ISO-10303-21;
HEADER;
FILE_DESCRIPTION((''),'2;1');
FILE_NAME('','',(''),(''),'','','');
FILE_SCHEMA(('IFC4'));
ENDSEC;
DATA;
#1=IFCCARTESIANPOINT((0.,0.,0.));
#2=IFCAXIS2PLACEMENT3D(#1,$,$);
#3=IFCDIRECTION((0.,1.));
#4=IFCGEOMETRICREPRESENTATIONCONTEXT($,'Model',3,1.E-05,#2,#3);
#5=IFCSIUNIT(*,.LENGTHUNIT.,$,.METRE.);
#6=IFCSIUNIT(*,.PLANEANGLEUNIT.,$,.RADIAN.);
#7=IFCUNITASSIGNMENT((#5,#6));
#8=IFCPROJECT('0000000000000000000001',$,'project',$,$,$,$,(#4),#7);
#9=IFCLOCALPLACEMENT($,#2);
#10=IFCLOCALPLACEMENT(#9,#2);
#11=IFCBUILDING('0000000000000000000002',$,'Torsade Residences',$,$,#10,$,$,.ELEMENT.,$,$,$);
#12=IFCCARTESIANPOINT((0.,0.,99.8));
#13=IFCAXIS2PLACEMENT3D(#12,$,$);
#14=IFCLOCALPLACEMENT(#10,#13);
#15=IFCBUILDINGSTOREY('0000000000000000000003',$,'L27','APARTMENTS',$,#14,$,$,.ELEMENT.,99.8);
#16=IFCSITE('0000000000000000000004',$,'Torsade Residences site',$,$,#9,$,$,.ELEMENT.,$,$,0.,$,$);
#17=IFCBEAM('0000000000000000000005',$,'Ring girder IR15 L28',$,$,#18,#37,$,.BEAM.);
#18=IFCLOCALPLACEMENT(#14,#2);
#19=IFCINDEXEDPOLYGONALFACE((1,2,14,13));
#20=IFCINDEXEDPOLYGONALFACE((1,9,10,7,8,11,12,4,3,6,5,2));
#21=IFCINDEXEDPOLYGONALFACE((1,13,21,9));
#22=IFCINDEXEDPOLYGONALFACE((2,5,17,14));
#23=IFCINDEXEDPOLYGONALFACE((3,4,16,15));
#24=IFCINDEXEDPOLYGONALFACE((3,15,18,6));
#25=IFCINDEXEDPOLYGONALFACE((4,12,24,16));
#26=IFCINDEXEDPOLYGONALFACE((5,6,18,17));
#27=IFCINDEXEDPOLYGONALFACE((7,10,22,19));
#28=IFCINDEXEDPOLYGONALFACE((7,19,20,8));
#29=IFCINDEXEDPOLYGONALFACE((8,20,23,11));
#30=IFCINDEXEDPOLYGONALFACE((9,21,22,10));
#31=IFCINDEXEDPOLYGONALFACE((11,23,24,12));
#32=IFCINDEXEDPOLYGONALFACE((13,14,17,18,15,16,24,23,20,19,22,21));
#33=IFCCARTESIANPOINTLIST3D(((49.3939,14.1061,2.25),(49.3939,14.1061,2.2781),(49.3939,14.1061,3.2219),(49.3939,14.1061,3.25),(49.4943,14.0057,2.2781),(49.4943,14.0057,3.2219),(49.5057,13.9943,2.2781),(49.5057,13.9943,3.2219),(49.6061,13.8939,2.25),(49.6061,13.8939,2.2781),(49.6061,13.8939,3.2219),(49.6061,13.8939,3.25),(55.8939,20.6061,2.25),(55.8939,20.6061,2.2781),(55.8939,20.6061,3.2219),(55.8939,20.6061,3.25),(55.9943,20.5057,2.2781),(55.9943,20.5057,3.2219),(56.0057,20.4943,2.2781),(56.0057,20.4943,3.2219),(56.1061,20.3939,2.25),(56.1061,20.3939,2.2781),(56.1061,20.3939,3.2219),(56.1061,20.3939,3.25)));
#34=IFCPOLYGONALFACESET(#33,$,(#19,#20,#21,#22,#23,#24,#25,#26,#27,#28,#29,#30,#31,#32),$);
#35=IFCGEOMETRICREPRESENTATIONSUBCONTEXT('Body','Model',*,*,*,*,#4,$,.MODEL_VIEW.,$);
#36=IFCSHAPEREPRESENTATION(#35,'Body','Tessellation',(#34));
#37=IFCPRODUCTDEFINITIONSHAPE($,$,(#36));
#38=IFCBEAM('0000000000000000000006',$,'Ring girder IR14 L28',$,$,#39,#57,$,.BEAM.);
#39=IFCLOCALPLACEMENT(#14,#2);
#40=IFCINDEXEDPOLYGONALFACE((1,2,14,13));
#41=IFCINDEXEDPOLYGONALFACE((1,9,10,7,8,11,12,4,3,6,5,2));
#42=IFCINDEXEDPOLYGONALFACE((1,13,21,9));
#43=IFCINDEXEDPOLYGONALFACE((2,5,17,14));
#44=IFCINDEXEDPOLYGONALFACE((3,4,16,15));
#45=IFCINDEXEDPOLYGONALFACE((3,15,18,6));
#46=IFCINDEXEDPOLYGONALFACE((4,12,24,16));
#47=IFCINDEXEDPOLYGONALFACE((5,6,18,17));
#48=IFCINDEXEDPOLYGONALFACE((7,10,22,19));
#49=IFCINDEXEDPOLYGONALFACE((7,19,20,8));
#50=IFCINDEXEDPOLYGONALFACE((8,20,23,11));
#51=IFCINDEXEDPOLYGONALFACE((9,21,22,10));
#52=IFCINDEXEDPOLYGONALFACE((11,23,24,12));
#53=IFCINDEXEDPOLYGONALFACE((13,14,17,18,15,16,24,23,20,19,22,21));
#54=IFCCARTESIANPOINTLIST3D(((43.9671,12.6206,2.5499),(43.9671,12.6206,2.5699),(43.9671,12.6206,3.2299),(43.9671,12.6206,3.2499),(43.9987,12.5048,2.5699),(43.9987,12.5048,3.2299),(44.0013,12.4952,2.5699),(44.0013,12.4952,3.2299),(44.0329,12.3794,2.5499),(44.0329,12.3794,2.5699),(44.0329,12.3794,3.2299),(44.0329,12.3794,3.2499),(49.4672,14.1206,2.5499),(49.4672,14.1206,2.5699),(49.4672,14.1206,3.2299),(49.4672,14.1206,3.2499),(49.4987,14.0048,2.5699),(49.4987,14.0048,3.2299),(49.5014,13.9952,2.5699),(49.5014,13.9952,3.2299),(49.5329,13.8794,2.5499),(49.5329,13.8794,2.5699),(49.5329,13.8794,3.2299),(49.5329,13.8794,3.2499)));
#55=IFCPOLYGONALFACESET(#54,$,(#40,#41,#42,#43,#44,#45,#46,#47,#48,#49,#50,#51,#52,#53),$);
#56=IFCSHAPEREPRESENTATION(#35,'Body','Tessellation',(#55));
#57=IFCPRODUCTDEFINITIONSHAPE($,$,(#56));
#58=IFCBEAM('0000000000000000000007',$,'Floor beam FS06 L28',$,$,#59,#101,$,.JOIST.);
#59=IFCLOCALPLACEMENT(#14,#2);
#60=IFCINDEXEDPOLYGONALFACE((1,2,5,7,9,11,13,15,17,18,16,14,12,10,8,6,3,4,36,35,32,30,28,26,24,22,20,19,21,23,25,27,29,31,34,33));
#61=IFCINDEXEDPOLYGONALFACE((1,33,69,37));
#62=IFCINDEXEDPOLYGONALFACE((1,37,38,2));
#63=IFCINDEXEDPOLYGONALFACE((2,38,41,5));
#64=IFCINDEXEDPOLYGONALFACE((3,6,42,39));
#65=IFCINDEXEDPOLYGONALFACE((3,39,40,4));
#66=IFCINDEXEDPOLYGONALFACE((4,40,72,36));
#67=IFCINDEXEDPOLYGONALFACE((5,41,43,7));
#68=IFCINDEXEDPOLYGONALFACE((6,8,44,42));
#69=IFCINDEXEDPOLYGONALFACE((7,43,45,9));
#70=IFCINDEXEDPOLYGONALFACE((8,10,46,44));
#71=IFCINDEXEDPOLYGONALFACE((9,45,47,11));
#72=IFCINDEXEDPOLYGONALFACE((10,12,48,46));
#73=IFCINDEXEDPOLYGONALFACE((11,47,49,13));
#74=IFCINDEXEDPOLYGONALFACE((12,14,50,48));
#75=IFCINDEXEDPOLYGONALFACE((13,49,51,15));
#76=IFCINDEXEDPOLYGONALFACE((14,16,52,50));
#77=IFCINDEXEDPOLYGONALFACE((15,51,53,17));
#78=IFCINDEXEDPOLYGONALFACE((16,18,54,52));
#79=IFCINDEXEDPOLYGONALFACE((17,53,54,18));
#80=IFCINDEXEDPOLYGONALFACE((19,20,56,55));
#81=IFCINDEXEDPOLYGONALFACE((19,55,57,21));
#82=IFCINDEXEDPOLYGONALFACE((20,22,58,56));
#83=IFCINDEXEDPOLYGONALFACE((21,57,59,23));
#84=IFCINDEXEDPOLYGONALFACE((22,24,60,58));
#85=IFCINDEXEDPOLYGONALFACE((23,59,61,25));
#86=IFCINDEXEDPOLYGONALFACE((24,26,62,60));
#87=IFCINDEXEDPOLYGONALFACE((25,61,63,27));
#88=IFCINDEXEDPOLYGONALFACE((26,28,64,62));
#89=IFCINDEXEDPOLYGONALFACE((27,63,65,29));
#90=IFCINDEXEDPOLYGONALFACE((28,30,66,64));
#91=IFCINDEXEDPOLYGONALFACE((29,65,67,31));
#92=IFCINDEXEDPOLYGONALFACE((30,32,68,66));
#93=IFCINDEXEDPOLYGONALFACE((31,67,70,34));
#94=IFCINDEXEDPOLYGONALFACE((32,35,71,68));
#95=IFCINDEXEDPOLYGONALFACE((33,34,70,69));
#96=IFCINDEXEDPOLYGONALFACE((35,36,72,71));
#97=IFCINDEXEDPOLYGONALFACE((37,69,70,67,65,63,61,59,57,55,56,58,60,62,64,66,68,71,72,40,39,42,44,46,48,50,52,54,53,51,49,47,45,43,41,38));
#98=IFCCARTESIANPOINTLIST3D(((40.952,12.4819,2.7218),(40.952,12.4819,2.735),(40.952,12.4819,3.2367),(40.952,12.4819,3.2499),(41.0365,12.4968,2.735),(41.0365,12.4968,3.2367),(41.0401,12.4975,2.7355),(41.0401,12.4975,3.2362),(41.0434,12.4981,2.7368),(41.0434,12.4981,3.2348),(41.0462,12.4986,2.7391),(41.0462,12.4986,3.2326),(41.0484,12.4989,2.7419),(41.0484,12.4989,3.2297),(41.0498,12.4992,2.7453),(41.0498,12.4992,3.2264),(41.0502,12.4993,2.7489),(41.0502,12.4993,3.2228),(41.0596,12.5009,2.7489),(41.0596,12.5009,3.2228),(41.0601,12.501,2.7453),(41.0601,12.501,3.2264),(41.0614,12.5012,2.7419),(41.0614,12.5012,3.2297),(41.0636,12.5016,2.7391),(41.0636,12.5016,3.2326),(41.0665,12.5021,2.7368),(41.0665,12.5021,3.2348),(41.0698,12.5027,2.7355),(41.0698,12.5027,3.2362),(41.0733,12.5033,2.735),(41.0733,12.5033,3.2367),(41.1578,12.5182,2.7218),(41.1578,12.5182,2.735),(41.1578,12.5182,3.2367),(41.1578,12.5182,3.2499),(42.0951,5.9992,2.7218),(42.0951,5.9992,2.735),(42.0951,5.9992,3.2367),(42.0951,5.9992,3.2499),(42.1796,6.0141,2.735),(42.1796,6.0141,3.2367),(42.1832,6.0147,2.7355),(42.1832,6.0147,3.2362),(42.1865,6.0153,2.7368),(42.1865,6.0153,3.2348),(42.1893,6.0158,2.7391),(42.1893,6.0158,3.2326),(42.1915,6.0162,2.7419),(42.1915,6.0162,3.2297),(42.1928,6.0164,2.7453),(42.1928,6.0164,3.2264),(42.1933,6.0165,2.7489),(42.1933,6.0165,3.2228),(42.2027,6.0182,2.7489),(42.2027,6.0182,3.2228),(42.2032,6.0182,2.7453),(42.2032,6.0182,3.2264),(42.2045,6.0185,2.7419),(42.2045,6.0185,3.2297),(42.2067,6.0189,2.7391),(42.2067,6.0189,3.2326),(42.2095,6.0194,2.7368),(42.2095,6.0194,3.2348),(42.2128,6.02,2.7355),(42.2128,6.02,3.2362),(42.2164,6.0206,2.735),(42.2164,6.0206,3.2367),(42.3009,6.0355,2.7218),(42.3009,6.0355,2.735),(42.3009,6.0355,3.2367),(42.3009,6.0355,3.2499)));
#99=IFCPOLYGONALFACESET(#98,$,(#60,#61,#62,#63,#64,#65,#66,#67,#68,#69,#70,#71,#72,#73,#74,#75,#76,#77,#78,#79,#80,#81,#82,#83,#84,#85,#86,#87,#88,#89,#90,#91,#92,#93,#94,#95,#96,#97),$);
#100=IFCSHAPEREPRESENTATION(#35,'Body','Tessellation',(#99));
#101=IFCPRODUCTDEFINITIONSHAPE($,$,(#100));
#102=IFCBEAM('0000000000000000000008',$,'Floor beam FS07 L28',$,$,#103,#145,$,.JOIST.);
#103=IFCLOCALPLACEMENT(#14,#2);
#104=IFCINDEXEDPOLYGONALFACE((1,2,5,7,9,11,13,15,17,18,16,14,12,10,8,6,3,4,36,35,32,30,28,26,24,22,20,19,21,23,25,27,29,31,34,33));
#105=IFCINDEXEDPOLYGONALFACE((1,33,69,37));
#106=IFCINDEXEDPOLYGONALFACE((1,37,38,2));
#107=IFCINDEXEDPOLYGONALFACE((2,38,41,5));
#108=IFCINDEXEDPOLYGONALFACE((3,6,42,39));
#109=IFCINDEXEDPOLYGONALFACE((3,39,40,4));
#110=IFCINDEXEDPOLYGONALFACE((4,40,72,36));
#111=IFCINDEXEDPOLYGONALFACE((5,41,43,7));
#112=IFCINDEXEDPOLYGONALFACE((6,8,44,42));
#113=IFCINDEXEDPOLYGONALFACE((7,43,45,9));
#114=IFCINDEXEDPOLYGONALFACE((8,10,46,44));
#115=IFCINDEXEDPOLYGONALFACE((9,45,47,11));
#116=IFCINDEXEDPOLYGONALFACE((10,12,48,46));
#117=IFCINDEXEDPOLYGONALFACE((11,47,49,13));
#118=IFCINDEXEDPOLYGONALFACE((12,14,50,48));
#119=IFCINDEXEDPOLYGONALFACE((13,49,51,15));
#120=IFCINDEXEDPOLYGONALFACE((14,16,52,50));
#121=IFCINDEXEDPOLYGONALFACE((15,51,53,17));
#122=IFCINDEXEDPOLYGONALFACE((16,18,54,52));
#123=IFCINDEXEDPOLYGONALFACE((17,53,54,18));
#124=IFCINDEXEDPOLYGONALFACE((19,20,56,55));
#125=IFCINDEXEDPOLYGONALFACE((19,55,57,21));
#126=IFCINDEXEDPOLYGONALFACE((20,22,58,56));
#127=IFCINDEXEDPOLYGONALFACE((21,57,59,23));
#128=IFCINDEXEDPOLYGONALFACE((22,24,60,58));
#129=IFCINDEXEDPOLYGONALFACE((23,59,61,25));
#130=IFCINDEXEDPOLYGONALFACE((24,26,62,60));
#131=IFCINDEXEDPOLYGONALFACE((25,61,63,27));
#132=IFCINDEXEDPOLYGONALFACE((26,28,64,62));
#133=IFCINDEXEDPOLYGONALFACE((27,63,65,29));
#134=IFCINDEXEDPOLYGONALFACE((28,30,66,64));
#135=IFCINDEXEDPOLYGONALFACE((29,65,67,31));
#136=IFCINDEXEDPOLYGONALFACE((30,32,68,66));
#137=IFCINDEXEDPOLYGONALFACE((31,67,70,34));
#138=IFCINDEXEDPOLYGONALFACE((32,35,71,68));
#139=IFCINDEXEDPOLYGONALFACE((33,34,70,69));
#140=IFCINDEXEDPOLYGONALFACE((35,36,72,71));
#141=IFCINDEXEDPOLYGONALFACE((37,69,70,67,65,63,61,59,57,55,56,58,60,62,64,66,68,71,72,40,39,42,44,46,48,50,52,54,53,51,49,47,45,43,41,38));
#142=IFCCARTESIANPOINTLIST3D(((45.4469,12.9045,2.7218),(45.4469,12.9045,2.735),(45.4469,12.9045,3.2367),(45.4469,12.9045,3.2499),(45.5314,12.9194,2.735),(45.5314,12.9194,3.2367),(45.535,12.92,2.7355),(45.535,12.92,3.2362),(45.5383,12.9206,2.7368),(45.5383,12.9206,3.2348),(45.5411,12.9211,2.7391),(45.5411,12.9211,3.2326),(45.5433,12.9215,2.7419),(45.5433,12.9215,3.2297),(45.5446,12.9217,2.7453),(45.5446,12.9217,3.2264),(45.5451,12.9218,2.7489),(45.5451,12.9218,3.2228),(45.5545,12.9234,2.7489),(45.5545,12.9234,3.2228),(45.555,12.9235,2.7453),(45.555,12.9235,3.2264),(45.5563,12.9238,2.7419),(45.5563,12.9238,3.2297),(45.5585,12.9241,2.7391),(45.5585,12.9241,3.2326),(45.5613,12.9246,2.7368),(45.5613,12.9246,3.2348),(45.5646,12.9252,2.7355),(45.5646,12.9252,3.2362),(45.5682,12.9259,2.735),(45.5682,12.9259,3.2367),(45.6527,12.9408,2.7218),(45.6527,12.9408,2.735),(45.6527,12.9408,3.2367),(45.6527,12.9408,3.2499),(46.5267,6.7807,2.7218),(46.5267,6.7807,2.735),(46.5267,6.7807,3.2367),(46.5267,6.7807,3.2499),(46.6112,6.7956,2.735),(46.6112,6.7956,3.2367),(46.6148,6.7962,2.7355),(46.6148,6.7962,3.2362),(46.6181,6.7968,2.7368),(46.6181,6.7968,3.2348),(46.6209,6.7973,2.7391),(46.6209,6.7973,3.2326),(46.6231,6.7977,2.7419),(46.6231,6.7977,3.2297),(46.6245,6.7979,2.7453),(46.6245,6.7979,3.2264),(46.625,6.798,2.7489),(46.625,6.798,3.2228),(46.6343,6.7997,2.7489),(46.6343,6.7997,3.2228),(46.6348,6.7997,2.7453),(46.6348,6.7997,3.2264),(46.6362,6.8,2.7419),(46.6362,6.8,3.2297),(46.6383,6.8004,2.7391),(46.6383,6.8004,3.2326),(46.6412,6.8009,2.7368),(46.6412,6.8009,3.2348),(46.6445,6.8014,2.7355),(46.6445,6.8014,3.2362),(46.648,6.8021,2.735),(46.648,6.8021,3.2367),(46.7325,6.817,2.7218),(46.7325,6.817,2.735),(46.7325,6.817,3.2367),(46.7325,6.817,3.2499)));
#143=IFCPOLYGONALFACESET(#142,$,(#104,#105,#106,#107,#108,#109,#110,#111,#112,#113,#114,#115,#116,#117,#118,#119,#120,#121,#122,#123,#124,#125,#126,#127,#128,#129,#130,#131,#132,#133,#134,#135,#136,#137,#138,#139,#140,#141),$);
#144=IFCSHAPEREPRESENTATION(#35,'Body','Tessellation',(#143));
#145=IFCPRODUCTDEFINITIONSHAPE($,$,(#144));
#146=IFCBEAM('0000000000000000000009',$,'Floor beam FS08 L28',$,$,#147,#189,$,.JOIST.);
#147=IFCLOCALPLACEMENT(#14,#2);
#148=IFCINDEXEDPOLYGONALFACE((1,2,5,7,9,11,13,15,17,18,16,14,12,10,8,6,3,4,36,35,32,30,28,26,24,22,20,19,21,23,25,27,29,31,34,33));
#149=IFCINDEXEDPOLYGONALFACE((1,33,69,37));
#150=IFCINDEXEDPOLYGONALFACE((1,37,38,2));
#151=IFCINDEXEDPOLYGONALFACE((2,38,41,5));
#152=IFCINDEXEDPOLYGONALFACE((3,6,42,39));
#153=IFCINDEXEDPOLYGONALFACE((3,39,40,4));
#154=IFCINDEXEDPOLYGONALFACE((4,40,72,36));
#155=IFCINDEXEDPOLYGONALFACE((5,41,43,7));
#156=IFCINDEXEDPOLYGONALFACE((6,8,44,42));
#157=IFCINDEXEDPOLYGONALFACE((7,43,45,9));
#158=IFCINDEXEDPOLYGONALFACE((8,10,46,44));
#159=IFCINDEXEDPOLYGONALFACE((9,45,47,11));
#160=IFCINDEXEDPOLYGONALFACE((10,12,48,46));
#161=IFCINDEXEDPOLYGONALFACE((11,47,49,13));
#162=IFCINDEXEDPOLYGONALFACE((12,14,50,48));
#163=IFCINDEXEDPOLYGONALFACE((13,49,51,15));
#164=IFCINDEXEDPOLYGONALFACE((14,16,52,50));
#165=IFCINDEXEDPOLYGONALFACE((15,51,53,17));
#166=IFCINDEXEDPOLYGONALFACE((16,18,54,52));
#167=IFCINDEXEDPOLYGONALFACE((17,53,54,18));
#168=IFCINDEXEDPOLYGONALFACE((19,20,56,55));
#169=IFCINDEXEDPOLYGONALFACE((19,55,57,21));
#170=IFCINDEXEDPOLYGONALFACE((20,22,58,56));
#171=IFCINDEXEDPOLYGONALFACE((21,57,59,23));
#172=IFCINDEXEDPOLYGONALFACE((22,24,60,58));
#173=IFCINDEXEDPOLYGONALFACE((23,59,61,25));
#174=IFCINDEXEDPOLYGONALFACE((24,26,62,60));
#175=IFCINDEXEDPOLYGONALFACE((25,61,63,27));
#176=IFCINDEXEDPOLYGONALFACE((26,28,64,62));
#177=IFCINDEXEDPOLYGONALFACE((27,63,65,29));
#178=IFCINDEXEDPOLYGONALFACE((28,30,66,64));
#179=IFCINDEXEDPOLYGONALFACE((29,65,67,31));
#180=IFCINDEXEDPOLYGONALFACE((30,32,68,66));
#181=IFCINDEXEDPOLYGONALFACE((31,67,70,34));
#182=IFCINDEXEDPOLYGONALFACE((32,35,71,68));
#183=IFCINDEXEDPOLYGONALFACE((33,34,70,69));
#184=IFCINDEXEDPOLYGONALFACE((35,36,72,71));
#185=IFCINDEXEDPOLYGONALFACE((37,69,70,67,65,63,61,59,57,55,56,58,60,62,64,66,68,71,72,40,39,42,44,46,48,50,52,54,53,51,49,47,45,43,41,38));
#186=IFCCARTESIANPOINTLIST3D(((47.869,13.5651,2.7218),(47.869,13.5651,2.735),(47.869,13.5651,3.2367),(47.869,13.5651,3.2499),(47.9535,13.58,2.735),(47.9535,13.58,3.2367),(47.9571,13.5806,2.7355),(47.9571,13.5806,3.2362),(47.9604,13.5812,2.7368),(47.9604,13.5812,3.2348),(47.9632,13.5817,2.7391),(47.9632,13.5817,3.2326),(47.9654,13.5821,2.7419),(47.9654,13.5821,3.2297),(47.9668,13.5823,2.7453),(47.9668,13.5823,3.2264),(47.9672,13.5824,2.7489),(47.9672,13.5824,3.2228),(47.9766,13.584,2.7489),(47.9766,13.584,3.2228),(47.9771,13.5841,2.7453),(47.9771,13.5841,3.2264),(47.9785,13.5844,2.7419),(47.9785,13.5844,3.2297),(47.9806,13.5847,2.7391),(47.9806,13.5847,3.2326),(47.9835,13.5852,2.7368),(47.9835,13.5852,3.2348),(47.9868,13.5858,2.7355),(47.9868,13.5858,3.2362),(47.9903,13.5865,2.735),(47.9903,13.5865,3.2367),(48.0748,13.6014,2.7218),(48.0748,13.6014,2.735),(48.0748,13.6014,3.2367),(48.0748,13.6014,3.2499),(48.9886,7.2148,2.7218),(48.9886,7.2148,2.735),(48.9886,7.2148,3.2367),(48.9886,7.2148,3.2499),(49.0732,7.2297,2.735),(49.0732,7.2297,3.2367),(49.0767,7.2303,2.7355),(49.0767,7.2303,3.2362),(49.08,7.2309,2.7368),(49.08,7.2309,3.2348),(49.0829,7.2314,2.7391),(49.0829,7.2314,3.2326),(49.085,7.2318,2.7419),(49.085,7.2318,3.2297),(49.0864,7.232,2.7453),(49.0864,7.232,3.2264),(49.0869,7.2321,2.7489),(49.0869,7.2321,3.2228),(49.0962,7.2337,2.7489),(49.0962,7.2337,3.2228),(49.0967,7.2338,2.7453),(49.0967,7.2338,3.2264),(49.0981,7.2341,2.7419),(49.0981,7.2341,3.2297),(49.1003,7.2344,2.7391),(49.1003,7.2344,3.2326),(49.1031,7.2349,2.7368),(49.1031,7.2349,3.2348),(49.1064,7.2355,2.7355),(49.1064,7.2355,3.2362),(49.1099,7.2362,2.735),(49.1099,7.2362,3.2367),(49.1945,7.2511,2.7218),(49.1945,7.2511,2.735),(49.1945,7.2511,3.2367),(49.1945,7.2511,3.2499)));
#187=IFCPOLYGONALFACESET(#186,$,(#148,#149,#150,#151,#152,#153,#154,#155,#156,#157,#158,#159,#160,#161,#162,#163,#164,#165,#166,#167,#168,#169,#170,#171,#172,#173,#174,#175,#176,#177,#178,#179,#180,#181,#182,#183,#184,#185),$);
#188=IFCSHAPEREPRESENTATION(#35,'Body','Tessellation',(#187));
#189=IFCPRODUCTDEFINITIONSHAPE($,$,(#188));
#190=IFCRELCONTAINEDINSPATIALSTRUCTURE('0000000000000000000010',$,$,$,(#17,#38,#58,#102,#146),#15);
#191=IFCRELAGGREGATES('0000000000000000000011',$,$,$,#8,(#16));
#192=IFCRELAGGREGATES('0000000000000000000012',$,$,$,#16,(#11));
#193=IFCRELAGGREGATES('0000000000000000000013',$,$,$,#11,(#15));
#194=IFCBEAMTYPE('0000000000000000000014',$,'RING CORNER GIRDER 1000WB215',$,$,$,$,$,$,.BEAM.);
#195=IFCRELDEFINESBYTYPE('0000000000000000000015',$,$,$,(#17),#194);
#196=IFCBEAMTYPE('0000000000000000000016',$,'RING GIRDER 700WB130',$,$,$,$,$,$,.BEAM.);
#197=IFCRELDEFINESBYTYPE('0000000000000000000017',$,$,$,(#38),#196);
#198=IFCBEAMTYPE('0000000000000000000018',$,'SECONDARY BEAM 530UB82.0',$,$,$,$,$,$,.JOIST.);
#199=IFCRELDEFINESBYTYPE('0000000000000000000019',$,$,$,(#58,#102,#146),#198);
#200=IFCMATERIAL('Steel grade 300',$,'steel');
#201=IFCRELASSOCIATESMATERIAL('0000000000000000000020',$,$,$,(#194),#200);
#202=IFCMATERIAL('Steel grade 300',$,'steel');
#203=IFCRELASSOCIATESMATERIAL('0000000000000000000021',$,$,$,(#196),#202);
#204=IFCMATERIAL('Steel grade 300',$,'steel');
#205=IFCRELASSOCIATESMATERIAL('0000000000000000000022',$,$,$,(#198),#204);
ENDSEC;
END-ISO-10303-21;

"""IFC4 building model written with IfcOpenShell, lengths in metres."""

from ifc_helpers import new_model, si_unit, direction, frame, origin, origin_2d, place, context, subcontext, project, spatial, i_section, extrude, material, material_profile, profile_set, type_object, element, save


model = new_model("IFC4")

# Units and contexts
model_context = context("Model", 3, precision=1e-05, world=origin(), true_north=direction((0.0, 1.0)))
body_context = subcontext(model_context, "Body", "Model", "MODEL_VIEW")
ifc_project = project(units=[si_unit("LENGTHUNIT", "METRE"), si_unit("PLANEANGLEUNIT", "RADIAN")], contexts=[model_context])

# Site, building, storey
site_placement = place(None, origin())
site = spatial("IfcSite", under=ifc_project, at=site_placement, Name="Torsade Residences site", CompositionType="ELEMENT", RefElevation=0.0)
building_placement = place(site_placement, origin())
building = spatial("IfcBuilding", under=site, at=building_placement, Name="Torsade Residences", CompositionType="ELEMENT")
storey_placement = place(building_placement, frame((0.0, 0.0, 99.8)))
storey = spatial("IfcBuildingStorey", under=building, at=storey_placement, Name="L27", Description="APARTMENTS", CompositionType="ELEMENT", Elevation=99.8)

# Beams
ifc_material_1 = material(Name="Steel grade 300", Category="steel")
ifc_material_profile_1 = material_profile(ifc_material_1, i_section(OverallWidth=0.3, OverallDepth=1.0, WebThickness=0.0161, FlangeThickness=0.0281, at=origin_2d()), Name="1000WB215")
ifc_profile_set_1 = profile_set([ifc_material_profile_1], Name="Steel grade 300")
beam_type_1 = type_object("IfcBeamType", Name="RING CORNER GIRDER 1000WB215", PredefinedType="BEAM", material=ifc_profile_set_1)
beam_1_placement = place(storey_placement, frame((49.5, 14.0, 2.75), z_axis=(0.707107, 0.707107, 0.0), x_axis=(-0.707107, 0.707107, 0.0)))
element("IfcBeam", 1, at=beam_1_placement, inside=storey, type_object=beam_type_1, Name="Ring girder IR15 L28", PredefinedType="BEAM", context=body_context, shape_type="SweptSolid", body=[
    extrude(i_section(OverallWidth=0.3, OverallDepth=1.0, WebThickness=0.0161, FlangeThickness=0.0281, at=origin_2d()), origin(), (0.0, 0.0, 1.0), 9.1924),
])
ifc_material_2 = material(Name="Steel grade 300", Category="steel")
ifc_material_profile_2 = material_profile(ifc_material_2, i_section(OverallWidth=0.25, OverallDepth=0.7, WebThickness=0.01, FlangeThickness=0.02, at=origin_2d()), Name="700WB130")
ifc_profile_set_2 = profile_set([ifc_material_profile_2], Name="Steel grade 300")
beam_type_2 = type_object("IfcBeamType", Name="RING GIRDER 700WB130", PredefinedType="BEAM", material=ifc_profile_set_2)
beam_2_placement = place(storey_placement, frame((44.0, 12.5, 2.8999), z_axis=(0.964764, 0.263117, 0.0), x_axis=(-0.263117, 0.964764, 0.0)))
element("IfcBeam", 2, at=beam_2_placement, inside=storey, type_object=beam_type_2, Name="Ring girder IR14 L28", PredefinedType="BEAM", context=body_context, shape_type="SweptSolid", body=[
    extrude(i_section(OverallWidth=0.25, OverallDepth=0.7, WebThickness=0.01, FlangeThickness=0.02, at=origin_2d()), origin(), (0.0, 0.0, 1.0), 5.7009),
])
ifc_material_3 = material(Name="Steel grade 300", Category="steel")
ifc_material_profile_3 = material_profile(ifc_material_3, i_section(OverallWidth=0.209, OverallDepth=0.5281, WebThickness=0.0095, FlangeThickness=0.0132, FilletRadius=0.0139, at=origin_2d()), Name="530UB82.0")
ifc_profile_set_3 = profile_set([ifc_material_profile_3], Name="Steel grade 300")
beam_type_3 = type_object("IfcBeamType", Name="SECONDARY BEAM 530UB82.0", PredefinedType="JOIST", material=ifc_profile_set_3)
beam_3_placement = place(storey_placement, frame((42.198, 6.0173, 2.9858), z_axis=(-0.173648, 0.984808, 0.0), x_axis=(-0.984808, -0.173648, 0.0)))
element("IfcBeam", 3, at=beam_3_placement, inside=storey, type_object=beam_type_3, Name="Floor beam FS06 L28", PredefinedType="JOIST", context=body_context, shape_type="SweptSolid", body=[
    extrude(i_section(OverallWidth=0.209, OverallDepth=0.5281, WebThickness=0.0095, FlangeThickness=0.0132, FilletRadius=0.0139, at=origin_2d()), origin(), (0.0, 0.0, 1.0), 6.5828),
])
beam_4_placement = place(storey_placement, frame((46.6296, 6.7988, 2.9858), z_axis=(-0.173655, 0.984806, 0.0), x_axis=(-0.984806, -0.173655, 0.0)))
element("IfcBeam", 4, at=beam_4_placement, inside=storey, type_object=beam_type_3, Name="Floor beam FS07 L28", PredefinedType="JOIST", context=body_context, shape_type="SweptSolid", body=[
    extrude(i_section(OverallWidth=0.209, OverallDepth=0.5281, WebThickness=0.0095, FlangeThickness=0.0132, FilletRadius=0.0139, at=origin_2d()), origin(), (0.0, 0.0, 1.0), 6.2183),
])
beam_5_placement = place(storey_placement, frame((49.0916, 7.2329, 2.9858), z_axis=(-0.173632, 0.984811, 0.0), x_axis=(-0.984811, -0.173632, 0.0)))
element("IfcBeam", 5, at=beam_5_placement, inside=storey, type_object=beam_type_3, Name="Floor beam FS08 L28", PredefinedType="JOIST", context=body_context, shape_type="SweptSolid", body=[
    extrude(i_section(OverallWidth=0.209, OverallDepth=0.5281, WebThickness=0.0095, FlangeThickness=0.0132, FilletRadius=0.0139, at=origin_2d()), origin(), (0.0, 0.0, 1.0), 6.4482),
])

save(model, "model.ifc")
